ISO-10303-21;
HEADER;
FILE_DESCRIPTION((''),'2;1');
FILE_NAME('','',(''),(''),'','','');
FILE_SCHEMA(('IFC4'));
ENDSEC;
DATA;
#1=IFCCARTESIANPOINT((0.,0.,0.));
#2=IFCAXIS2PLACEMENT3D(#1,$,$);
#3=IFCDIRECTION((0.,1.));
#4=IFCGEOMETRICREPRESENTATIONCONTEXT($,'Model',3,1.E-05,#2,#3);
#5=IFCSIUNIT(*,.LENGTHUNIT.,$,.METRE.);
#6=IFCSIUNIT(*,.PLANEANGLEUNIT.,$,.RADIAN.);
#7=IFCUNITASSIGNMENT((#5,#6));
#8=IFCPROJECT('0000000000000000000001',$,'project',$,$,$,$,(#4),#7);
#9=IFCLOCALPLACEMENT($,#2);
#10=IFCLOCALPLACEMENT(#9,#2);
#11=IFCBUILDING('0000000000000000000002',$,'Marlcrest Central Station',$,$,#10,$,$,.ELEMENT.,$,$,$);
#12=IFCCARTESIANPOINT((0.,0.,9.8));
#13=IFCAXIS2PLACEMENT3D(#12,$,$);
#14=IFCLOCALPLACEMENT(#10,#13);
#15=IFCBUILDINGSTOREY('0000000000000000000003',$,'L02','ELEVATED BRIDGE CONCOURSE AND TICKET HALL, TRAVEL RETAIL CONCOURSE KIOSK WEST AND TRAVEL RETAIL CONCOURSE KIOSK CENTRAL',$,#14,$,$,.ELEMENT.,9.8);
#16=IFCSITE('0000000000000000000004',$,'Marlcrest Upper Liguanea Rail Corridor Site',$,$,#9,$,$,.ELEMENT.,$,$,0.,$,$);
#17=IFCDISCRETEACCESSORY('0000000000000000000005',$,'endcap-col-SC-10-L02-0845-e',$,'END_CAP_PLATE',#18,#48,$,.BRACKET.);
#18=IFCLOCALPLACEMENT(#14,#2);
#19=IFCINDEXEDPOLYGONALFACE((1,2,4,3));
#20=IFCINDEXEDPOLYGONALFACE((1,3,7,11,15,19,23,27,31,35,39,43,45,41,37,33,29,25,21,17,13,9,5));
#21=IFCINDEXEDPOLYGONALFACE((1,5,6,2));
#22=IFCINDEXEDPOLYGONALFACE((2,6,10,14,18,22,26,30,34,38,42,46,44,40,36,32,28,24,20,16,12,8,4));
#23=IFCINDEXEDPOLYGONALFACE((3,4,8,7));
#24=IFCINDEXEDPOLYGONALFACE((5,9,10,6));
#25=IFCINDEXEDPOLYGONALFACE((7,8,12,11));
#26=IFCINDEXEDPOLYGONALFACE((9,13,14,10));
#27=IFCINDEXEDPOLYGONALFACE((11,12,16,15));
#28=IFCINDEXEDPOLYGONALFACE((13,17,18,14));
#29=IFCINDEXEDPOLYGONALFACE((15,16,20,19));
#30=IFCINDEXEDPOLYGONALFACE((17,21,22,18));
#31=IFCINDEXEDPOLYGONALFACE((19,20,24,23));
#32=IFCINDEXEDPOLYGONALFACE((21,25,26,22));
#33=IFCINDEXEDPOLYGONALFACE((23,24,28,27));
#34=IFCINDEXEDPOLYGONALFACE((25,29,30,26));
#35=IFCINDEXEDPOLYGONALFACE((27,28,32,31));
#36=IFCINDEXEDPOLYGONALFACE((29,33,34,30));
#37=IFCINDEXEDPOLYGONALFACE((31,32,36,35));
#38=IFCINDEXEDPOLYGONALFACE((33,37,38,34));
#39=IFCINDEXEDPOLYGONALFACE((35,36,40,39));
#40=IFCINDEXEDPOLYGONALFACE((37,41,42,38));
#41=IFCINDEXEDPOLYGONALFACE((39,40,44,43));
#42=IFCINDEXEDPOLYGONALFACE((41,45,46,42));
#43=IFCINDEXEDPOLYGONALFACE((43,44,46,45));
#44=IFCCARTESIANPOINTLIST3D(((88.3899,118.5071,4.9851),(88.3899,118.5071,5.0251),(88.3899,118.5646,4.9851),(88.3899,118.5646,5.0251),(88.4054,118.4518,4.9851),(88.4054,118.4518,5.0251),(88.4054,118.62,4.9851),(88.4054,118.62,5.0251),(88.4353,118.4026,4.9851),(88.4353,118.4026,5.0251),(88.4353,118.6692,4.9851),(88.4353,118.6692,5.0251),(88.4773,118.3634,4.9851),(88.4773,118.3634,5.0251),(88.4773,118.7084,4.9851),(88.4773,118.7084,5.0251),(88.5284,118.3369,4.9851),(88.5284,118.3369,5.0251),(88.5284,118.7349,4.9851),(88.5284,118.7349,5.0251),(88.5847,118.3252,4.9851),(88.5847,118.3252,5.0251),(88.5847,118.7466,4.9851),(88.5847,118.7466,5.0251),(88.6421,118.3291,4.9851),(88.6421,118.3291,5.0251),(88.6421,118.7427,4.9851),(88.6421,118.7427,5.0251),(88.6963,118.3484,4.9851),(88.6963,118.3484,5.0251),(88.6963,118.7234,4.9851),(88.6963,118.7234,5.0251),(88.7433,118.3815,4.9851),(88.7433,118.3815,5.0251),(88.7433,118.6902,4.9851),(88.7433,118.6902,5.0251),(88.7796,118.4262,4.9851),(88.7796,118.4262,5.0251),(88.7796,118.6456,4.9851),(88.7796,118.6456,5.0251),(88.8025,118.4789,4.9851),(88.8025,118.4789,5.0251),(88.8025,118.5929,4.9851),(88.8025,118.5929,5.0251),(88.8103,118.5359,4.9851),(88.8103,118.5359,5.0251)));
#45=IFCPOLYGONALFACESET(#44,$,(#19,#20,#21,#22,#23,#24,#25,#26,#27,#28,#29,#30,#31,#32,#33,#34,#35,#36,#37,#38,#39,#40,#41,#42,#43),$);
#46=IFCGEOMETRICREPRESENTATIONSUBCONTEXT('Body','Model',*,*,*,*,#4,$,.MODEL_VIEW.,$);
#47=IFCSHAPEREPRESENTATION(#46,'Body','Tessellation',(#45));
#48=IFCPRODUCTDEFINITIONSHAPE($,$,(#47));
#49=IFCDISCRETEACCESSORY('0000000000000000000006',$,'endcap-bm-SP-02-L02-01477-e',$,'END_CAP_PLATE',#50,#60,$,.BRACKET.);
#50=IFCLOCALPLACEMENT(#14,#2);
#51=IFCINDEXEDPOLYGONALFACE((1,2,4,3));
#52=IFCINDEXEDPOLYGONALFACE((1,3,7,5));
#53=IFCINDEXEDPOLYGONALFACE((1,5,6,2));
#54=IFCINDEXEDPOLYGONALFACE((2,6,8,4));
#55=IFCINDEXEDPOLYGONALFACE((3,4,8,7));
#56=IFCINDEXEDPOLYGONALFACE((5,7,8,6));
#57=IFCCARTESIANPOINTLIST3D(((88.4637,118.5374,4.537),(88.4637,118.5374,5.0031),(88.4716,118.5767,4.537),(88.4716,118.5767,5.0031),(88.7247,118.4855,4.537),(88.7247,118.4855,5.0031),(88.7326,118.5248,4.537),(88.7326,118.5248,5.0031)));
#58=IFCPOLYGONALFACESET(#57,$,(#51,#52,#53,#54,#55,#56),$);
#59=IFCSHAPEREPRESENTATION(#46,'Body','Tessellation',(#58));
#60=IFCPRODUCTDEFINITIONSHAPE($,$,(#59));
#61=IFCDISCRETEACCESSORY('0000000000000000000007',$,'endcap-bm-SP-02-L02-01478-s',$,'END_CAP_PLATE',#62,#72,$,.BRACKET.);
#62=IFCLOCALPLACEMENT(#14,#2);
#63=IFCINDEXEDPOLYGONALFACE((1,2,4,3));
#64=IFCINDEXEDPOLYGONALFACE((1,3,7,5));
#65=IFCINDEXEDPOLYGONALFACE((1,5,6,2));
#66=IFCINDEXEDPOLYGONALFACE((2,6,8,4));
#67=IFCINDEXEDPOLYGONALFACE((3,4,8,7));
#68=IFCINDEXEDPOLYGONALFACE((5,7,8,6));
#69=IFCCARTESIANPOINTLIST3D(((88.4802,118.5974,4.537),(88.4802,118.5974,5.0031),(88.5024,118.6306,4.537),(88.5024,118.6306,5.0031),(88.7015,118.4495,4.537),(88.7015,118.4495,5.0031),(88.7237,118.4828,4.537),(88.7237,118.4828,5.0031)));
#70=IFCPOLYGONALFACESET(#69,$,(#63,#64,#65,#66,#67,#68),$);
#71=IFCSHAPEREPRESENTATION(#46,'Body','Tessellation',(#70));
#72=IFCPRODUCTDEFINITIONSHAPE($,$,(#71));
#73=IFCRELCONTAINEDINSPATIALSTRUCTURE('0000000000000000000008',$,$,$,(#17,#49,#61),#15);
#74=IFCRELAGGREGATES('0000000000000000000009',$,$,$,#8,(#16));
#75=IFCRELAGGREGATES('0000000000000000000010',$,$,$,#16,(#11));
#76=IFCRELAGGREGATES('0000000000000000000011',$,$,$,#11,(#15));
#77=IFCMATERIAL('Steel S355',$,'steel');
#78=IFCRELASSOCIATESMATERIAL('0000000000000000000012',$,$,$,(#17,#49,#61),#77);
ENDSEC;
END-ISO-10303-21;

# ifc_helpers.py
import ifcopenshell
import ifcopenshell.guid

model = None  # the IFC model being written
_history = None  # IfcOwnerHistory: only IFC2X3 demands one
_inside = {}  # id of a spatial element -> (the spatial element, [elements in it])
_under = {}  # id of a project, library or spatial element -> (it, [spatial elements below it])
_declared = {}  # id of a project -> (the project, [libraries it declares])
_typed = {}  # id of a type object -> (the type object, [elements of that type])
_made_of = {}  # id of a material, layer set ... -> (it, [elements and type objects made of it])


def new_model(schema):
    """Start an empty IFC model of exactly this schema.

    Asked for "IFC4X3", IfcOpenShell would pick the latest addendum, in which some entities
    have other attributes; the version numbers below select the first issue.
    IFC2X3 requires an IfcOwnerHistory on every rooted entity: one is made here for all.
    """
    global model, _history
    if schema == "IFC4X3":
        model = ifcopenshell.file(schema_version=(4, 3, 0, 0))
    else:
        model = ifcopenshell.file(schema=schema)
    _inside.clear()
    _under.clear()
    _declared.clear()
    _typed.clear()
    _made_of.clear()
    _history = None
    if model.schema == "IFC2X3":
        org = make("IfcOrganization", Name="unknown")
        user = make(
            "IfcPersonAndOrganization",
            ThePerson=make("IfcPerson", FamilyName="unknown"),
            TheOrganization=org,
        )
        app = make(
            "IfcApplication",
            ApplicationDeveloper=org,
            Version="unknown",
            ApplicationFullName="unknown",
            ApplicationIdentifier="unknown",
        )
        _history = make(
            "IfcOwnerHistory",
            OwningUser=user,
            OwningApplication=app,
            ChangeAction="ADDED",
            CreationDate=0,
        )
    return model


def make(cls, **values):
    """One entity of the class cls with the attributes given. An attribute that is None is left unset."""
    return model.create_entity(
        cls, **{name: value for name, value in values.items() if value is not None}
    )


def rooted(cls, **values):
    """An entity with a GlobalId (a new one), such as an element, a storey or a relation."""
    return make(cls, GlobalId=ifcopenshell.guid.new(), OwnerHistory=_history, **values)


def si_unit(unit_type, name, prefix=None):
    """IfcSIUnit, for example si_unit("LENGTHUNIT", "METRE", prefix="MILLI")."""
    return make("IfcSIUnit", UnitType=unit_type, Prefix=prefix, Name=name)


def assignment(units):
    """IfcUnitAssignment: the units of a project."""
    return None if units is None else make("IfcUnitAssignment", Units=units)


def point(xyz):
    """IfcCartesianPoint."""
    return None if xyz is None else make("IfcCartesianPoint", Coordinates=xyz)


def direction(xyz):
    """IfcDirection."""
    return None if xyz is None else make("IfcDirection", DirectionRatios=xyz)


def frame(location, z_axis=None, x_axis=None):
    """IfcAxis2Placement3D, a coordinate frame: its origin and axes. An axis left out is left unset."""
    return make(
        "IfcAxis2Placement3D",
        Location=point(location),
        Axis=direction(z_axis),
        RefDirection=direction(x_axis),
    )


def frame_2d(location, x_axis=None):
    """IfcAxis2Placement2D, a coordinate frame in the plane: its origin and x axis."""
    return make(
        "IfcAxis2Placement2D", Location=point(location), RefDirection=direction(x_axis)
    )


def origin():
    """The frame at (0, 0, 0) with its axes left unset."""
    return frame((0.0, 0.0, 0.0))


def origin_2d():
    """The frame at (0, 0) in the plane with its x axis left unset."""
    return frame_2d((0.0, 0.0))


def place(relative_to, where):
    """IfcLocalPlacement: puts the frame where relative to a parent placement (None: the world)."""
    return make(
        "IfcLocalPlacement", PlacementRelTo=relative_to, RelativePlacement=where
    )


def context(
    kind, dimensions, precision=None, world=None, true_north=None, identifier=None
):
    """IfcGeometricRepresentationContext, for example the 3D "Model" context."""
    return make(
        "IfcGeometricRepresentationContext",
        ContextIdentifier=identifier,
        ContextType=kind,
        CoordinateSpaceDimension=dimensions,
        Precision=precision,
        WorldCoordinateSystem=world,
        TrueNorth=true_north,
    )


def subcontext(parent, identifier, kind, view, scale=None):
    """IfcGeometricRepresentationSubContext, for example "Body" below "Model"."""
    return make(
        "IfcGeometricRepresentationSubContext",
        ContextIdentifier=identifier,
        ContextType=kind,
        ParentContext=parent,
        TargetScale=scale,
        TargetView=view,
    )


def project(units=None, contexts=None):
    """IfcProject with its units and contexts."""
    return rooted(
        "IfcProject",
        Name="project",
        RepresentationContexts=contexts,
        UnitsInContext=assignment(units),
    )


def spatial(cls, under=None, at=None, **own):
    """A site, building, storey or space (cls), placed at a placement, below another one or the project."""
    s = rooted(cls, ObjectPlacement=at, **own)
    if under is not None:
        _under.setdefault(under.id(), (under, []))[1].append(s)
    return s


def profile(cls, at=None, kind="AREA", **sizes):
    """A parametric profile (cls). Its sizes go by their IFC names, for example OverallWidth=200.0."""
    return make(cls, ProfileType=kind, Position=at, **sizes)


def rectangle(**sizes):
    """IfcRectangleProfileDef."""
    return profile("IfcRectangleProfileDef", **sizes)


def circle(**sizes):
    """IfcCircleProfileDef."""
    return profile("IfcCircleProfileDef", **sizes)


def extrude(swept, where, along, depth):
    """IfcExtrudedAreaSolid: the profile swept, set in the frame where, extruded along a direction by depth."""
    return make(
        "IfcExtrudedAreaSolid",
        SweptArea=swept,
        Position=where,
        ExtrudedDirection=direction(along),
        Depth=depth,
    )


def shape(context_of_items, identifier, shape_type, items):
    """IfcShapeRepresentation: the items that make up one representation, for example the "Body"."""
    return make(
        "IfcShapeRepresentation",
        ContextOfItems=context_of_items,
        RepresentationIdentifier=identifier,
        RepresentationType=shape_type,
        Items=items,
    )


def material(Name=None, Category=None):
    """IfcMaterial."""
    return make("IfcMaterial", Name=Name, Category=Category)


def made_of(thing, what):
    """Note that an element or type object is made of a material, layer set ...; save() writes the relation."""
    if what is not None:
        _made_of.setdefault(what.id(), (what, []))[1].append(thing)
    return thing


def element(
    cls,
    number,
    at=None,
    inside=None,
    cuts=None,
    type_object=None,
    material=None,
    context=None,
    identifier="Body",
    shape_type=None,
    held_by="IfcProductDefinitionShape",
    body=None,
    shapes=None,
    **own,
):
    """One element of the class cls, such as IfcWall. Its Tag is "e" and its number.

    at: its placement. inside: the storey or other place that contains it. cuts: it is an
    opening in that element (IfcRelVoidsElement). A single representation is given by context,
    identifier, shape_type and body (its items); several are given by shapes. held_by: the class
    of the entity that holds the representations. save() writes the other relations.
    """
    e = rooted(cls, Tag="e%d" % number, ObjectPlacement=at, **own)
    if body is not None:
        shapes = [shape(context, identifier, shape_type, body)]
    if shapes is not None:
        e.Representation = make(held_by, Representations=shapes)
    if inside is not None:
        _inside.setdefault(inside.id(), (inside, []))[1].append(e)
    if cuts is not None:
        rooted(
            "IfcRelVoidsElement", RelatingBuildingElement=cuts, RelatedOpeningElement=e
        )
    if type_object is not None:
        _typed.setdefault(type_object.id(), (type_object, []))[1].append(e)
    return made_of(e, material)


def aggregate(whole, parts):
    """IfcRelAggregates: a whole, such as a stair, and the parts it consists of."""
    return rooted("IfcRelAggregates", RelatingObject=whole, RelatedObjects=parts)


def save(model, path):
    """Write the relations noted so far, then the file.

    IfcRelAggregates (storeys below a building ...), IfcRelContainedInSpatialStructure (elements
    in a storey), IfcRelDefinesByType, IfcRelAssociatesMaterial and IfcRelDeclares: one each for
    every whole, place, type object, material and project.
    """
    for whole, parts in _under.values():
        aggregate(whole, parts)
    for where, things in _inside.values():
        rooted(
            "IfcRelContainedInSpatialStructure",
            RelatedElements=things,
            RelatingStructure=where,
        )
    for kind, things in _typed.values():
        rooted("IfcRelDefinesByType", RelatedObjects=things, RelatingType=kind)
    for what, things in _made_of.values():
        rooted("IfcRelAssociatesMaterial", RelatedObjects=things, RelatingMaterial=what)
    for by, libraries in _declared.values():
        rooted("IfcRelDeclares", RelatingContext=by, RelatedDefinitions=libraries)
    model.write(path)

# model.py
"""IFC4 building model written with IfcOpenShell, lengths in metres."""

from ifc_helpers import new_model, si_unit, direction, frame, origin, origin_2d, place, context, subcontext, project, spatial, rectangle, circle, extrude, material, element, save


model = new_model("IFC4")

# Units and contexts
model_context = context("Model", 3, precision=1e-05, world=origin(), true_north=direction((0.0, 1.0)))
body_context = subcontext(model_context, "Body", "Model", "MODEL_VIEW")
ifc_project = project(units=[si_unit("LENGTHUNIT", "METRE"), si_unit("PLANEANGLEUNIT", "RADIAN")], contexts=[model_context])

# Site, building, storey
site_placement = place(None, origin())
site = spatial("IfcSite", under=ifc_project, at=site_placement, Name="Marlcrest Upper Liguanea Rail Corridor Site", CompositionType="ELEMENT", RefElevation=0.0)
building_placement = place(site_placement, origin())
building = spatial("IfcBuilding", under=site, at=building_placement, Name="Marlcrest Central Station", CompositionType="ELEMENT")
storey_placement = place(building_placement, frame((0.0, 0.0, 9.8)))
storey = spatial("IfcBuildingStorey", under=building, at=storey_placement, Name="L02", Description="ELEVATED BRIDGE CONCOURSE AND TICKET HALL, TRAVEL RETAIL CONCOURSE KIOSK WEST AND TRAVEL RETAIL CONCOURSE KIOSK CENTRAL", CompositionType="ELEMENT", Elevation=9.8)

# Shared definitions
ifc_material_1 = material(Name="Steel S355", Category="steel")

# Discrete accessories
for number, where, z_axis, x_axis, name in (
    (1, (88.5991, 118.5359, 4.9851), (0.0, 0.0, 1.0), (1.0, 0.0, 0.0), "endcap-col-SC-10-L02-0845-e"),
):
    element("IfcDiscreteAccessory", number, at=place(storey_placement, frame(where, z_axis=z_axis, x_axis=x_axis)), inside=storey, material=ifc_material_1, Name=name, ObjectType="END_CAP_PLATE", PredefinedType="BRACKET", context=body_context, shape_type="SweptSolid", body=[
        extrude(circle(Radius=0.2112, at=origin_2d()), origin(), (0.0, 0.0, 1.0), 0.04),
    ])
for number, where, z_axis, x_axis, name in (
    (2, (88.5942, 118.5115, 4.77), (0.195171, 0.980769, 0.0), (-0.980769, 0.195171, 0.0), "endcap-bm-SP-02-L02-01477-e"),
    (3, (88.5908, 118.5234, 4.77), (0.555511, 0.831509, 0.0), (-0.831509, 0.555511, 0.0), "endcap-bm-SP-02-L02-01478-s"),
):
    element("IfcDiscreteAccessory", number, at=place(storey_placement, frame(where, z_axis=z_axis, x_axis=x_axis)), inside=storey, material=ifc_material_1, Name=name, ObjectType="END_CAP_PLATE", PredefinedType="BRACKET", context=body_context, shape_type="SweptSolid", body=[
        extrude(rectangle(XDim=0.2661, YDim=0.4661, at=origin_2d()), origin(), (0.0, 0.0, 1.0), 0.04),
    ])

save(model, "model.ifc")
